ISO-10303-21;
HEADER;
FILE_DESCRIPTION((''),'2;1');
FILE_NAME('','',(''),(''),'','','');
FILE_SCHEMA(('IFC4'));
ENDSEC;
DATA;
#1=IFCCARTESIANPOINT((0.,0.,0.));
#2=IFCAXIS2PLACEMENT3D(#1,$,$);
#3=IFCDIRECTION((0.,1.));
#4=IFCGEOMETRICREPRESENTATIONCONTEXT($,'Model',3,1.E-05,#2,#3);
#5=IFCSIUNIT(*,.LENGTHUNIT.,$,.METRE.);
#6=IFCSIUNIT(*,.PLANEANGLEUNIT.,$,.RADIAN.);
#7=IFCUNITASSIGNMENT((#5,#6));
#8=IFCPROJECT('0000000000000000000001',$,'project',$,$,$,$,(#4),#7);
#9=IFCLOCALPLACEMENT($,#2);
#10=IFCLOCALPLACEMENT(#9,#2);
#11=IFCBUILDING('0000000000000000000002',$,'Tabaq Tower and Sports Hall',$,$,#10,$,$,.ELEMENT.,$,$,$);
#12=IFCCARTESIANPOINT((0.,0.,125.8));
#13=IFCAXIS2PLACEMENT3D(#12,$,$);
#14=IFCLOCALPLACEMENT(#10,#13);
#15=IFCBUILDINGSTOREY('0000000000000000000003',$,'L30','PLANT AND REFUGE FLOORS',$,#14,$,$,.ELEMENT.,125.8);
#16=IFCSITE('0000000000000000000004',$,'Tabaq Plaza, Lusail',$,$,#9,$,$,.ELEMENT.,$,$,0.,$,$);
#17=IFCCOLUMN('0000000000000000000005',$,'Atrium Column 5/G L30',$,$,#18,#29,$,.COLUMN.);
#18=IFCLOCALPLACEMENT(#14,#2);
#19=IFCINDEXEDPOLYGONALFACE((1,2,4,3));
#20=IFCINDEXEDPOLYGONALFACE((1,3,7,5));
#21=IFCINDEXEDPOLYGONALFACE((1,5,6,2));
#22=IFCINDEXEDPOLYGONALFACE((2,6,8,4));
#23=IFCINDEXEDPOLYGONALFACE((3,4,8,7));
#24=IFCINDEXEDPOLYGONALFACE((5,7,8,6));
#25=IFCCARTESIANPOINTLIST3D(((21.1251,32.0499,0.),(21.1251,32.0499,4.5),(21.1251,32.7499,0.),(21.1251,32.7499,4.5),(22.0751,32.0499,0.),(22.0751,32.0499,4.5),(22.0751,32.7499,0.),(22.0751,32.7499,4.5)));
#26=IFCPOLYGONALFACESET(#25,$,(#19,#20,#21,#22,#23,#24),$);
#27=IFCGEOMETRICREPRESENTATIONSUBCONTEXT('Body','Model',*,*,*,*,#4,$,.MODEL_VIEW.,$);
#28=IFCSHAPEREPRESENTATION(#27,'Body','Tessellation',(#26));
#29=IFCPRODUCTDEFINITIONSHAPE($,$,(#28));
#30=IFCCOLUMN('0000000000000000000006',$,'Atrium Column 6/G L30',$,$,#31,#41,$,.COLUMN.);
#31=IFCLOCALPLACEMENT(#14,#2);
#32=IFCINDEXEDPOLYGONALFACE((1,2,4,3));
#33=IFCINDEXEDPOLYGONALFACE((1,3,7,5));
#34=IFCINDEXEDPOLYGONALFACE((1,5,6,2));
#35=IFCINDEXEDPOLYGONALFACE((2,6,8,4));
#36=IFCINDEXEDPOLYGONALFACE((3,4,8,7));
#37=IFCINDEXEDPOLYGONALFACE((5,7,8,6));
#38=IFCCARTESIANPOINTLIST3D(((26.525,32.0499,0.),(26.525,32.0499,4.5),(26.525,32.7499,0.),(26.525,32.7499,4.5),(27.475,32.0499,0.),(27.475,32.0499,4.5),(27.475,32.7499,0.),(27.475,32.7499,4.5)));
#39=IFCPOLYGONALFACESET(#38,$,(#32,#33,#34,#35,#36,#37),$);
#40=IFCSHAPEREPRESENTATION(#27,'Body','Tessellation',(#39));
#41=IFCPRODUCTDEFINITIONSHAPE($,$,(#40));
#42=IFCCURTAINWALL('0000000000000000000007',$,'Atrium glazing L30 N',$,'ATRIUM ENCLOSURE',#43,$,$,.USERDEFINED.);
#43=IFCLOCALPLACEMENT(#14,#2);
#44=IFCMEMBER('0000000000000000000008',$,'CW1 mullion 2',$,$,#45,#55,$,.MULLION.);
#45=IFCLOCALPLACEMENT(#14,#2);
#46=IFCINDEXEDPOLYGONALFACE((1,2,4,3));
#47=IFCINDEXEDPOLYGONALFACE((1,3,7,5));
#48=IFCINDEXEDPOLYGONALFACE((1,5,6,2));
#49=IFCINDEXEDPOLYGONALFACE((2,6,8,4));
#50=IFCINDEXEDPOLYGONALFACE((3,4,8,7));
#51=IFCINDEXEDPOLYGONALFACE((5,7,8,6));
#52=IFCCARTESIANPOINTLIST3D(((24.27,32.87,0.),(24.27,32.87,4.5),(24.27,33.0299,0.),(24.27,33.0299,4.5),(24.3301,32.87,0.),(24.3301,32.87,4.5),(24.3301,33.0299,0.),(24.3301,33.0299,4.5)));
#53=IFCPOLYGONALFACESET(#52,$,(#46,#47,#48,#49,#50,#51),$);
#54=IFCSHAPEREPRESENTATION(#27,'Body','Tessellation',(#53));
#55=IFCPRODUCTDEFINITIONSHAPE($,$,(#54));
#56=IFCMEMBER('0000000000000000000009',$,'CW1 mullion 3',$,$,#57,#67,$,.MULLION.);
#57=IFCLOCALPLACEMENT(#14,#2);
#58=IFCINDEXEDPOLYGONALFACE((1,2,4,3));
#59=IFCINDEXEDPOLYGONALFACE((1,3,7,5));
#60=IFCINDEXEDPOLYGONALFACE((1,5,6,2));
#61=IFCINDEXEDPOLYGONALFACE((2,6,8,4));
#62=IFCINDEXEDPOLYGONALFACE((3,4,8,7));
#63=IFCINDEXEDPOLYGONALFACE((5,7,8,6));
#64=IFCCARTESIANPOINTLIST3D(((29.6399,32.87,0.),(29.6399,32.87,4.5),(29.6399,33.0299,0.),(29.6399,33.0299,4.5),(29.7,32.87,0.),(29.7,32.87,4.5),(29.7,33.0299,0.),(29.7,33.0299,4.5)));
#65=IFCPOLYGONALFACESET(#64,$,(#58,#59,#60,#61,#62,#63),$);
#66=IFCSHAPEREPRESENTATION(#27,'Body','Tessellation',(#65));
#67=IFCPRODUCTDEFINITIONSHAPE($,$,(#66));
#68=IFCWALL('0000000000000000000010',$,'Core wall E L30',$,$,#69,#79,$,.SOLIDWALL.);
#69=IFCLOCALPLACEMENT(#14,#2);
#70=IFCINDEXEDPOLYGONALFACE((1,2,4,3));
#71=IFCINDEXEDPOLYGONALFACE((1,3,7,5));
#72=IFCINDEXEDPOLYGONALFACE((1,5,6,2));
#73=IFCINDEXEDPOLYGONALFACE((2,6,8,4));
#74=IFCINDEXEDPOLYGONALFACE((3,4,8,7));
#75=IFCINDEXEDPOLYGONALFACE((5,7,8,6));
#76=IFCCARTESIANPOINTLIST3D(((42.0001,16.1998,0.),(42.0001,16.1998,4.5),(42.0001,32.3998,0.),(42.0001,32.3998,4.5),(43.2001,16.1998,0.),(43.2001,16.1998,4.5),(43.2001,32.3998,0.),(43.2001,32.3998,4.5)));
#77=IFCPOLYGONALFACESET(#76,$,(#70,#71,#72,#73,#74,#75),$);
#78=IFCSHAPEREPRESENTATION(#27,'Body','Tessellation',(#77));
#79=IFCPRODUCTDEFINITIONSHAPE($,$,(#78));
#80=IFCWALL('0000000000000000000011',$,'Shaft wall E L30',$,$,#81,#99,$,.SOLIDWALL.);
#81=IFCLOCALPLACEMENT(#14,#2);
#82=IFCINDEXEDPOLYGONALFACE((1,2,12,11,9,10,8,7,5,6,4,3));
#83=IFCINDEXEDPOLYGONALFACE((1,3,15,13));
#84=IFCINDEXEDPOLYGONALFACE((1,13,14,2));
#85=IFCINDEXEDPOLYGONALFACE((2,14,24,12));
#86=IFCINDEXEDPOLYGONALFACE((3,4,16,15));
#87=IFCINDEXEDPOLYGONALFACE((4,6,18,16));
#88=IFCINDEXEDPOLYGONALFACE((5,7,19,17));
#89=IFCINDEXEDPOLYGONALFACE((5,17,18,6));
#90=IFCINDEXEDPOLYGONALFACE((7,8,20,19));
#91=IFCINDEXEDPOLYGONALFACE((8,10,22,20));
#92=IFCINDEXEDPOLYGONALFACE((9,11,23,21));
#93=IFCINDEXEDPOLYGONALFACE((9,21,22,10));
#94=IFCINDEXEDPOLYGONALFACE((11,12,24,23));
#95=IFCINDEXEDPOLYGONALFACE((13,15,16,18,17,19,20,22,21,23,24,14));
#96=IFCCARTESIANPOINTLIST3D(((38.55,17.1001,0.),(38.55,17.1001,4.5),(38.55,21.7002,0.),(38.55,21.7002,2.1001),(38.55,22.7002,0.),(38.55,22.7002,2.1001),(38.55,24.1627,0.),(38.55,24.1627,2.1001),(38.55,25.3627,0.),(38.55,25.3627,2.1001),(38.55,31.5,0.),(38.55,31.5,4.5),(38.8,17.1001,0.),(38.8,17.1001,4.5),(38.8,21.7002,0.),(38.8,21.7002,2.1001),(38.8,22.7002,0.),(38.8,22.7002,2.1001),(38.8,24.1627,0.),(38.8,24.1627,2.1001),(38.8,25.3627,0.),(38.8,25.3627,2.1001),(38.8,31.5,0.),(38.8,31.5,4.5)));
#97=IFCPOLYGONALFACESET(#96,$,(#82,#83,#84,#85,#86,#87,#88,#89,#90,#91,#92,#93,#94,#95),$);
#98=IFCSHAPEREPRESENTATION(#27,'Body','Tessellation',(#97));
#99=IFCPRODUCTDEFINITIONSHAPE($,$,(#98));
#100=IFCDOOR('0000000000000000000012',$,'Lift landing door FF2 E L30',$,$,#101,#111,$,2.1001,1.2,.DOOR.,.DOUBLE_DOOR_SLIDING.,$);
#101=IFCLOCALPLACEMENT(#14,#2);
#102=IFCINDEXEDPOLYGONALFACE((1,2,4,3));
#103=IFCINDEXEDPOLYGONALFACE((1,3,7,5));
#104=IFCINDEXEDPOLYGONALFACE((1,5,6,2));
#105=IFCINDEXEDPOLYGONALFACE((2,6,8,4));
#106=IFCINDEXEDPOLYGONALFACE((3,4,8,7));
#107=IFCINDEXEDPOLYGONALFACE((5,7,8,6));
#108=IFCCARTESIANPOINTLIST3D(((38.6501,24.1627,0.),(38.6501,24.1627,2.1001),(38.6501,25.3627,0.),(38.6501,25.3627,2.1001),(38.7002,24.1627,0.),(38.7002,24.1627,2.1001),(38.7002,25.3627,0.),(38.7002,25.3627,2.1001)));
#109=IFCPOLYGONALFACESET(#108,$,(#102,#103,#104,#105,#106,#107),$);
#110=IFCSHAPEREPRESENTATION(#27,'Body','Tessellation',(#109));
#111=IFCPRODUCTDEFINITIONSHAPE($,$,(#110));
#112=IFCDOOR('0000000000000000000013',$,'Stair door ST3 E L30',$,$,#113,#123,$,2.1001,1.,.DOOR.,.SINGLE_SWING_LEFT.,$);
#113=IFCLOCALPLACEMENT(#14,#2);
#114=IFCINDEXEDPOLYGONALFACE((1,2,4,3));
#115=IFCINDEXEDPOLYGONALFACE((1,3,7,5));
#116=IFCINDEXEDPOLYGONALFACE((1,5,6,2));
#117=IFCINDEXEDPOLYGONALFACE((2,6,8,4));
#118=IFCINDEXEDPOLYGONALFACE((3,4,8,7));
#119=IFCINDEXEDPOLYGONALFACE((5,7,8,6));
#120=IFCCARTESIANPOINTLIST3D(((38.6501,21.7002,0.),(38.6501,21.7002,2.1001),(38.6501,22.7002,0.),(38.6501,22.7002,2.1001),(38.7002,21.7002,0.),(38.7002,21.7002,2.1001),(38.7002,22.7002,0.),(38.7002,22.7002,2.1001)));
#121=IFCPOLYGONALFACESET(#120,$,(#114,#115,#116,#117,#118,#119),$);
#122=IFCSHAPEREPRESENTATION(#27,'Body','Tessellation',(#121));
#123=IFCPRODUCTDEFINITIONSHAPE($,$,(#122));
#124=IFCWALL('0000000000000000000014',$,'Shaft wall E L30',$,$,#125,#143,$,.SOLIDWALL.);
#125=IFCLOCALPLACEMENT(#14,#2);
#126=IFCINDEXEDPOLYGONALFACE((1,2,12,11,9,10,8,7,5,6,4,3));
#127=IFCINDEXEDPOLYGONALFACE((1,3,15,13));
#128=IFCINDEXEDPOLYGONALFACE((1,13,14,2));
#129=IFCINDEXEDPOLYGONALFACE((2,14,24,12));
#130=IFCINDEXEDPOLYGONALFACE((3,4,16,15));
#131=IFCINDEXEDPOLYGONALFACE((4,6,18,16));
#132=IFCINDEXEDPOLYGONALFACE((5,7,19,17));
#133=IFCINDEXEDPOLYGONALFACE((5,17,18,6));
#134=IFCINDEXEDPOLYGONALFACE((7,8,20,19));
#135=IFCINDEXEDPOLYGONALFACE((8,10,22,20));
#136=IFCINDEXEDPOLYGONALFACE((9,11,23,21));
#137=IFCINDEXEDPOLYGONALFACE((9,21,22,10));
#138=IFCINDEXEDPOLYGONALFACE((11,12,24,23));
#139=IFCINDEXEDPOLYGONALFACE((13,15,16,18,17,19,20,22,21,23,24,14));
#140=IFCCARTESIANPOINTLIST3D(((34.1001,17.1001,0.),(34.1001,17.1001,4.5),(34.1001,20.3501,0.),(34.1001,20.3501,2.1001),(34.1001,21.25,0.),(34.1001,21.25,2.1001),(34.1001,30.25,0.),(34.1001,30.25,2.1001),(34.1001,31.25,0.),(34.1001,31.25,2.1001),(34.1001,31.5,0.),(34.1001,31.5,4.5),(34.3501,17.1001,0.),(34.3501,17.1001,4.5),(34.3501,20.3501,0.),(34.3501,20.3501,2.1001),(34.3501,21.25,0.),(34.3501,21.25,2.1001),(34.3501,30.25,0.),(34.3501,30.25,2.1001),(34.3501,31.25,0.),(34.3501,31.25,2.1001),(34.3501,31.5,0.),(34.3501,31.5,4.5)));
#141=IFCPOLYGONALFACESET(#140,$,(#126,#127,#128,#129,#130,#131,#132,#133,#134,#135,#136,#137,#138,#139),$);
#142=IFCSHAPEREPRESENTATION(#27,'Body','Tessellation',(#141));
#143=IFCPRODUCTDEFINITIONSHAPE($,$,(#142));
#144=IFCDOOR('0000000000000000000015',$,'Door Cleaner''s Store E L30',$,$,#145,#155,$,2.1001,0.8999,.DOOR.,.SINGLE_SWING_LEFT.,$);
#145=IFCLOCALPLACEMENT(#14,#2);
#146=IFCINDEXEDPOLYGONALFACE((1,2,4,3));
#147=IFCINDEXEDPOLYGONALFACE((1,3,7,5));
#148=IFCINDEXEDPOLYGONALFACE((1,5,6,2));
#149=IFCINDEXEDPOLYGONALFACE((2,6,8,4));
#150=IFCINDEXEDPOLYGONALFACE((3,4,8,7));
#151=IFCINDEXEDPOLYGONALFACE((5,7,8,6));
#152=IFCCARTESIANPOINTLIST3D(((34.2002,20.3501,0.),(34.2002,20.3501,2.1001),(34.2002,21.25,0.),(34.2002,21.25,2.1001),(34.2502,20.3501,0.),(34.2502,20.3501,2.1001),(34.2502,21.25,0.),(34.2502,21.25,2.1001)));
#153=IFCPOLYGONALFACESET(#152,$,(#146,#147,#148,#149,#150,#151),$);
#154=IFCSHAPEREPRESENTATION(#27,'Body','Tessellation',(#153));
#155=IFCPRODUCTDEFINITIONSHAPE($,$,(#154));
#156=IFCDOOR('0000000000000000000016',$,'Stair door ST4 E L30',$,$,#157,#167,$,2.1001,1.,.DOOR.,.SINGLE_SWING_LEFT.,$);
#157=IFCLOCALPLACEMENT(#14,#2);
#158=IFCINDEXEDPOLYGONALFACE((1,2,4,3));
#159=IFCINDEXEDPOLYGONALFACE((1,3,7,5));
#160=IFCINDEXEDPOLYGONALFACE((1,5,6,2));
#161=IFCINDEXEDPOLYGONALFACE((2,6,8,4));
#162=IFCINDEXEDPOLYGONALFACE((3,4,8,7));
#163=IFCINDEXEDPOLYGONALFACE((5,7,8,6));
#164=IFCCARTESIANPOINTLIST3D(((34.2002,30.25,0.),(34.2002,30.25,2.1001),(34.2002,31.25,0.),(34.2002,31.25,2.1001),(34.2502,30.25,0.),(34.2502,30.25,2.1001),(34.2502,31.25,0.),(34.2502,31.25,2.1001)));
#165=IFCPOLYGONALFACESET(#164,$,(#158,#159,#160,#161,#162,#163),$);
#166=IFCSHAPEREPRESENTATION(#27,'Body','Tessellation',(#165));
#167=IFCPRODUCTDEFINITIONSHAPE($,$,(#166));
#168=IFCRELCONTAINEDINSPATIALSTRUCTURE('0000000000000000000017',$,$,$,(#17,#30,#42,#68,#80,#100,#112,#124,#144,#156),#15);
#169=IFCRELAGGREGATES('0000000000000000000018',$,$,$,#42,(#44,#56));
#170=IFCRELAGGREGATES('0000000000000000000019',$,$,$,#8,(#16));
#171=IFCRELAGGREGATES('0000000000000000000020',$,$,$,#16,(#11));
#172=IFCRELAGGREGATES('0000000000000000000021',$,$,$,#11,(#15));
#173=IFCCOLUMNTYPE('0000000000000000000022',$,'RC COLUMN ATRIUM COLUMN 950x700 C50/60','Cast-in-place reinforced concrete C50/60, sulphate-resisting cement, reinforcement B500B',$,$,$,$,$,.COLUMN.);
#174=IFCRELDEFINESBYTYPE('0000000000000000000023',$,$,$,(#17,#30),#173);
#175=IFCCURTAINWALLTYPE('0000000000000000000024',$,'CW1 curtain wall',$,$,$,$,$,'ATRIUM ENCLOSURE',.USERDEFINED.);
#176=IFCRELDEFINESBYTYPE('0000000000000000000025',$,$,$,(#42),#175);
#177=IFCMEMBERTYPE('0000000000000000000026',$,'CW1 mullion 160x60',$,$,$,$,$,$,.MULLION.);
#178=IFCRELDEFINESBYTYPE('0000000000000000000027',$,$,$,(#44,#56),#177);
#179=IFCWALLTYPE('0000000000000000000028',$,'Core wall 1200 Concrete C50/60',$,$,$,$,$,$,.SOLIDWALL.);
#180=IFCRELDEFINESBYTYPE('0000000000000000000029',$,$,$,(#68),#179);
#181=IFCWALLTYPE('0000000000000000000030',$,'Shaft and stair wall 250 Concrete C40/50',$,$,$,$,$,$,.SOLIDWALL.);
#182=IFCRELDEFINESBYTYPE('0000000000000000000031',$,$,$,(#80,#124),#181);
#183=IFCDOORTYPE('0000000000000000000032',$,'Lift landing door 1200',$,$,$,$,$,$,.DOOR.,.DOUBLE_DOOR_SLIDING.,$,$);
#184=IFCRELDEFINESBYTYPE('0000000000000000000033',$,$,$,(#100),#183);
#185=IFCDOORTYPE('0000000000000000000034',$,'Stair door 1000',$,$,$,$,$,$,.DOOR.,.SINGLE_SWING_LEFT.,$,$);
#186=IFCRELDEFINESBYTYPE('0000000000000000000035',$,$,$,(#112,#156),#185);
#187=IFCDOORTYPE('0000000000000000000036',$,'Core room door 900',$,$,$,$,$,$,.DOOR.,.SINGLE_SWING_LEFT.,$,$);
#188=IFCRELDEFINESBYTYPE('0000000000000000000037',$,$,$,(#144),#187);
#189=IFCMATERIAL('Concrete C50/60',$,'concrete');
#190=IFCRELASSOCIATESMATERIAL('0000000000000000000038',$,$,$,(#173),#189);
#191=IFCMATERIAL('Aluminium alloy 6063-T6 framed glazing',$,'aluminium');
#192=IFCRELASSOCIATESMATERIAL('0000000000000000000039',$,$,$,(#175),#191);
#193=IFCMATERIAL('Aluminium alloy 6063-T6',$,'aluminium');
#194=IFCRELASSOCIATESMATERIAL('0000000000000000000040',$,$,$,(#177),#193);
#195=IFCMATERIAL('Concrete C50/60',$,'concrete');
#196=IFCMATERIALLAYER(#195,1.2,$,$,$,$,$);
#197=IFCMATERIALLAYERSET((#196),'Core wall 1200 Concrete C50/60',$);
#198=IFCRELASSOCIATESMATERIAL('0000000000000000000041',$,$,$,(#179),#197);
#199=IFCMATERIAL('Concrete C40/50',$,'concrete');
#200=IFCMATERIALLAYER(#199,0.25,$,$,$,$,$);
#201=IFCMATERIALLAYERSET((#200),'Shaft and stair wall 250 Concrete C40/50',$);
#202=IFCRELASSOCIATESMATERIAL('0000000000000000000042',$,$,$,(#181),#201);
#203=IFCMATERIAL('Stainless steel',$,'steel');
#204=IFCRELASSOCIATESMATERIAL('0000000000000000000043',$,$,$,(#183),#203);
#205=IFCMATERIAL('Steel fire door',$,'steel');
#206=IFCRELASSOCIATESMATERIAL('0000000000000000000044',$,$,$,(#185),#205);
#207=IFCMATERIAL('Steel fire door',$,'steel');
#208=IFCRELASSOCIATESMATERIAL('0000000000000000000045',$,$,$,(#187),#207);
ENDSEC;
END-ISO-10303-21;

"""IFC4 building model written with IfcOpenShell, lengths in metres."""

from ifc_helpers import new_model, si_unit, direction, frame, frame_2d, origin, origin_2d, place, context, subcontext, project, spatial, rectangle, extrude, material, layer, layer_set, material_profile, profile_set, type_object, element, fill, aggregate, save


model = new_model("IFC4")

# Units and contexts
model_context = context("Model", 3, precision=1e-05, world=origin(), true_north=direction((0.0, 1.0)))
body_context = subcontext(model_context, "Body", "Model", "MODEL_VIEW")
ifc_project = project(units=[si_unit("LENGTHUNIT", "METRE"), si_unit("PLANEANGLEUNIT", "RADIAN")], contexts=[model_context])

# Site, building, storey
site_placement = place(None, origin())
site = spatial("IfcSite", under=ifc_project, at=site_placement, Name="Tabaq Plaza, Lusail", CompositionType="ELEMENT", RefElevation=0.0)
building_placement = place(site_placement, origin())
building = spatial("IfcBuilding", under=site, at=building_placement, Name="Tabaq Tower and Sports Hall", CompositionType="ELEMENT")
storey_placement = place(building_placement, frame((0.0, 0.0, 125.8)))
storey = spatial("IfcBuildingStorey", under=building, at=storey_placement, Name="L30", Description="PLANT AND REFUGE FLOORS", CompositionType="ELEMENT", Elevation=125.8)

# Columns
ifc_material_1 = material(Name="Concrete C50/60", Category="concrete")
ifc_material_profile_1 = material_profile(ifc_material_1, rectangle(XDim=0.95, YDim=0.7, at=origin_2d()), Name="ATRIUM COLUMN 950x700")
ifc_profile_set_1 = profile_set([ifc_material_profile_1], Name="Concrete C50/60")
column_type = type_object("IfcColumnType", Name="RC COLUMN ATRIUM COLUMN 950x700 C50/60", Description="Cast-in-place reinforced concrete C50/60, sulphate-resisting cement, reinforcement B500B", PredefinedType="COLUMN", material=ifc_profile_set_1)
for number, where, z_axis, x_axis, name in (
    (1, (21.6001, 32.3999, 0.0), (0.0, 0.0, 1.0), (1.0, 0.0, 0.0), "Atrium Column 5/G L30"),
    (2, (27.0, 32.3999, 0.0), (0.0, 0.0, 1.0), (1.0, 0.0, 0.0), "Atrium Column 6/G L30"),
):
    element("IfcColumn", number, at=place(storey_placement, frame(where, z_axis=z_axis, x_axis=x_axis)), inside=storey, type_object=column_type, Name=name, PredefinedType="COLUMN", context=body_context, shape_type="SweptSolid", body=[
        extrude(rectangle(XDim=0.95, YDim=0.7, at=origin_2d()), origin(), (0.0, 0.0, 1.0), 4.5),
    ])

# Curtain wall, members
ifc_material_2 = material(Name="Aluminium alloy 6063-T6 framed glazing", Category="aluminium")
curtain_wall_type = type_object("IfcCurtainWallType", Name="CW1 curtain wall", ElementType="ATRIUM ENCLOSURE", PredefinedType="USERDEFINED", material=ifc_material_2)
curtain_wall_placement = place(storey_placement, origin())
curtain_wall = element("IfcCurtainWall", 3, at=curtain_wall_placement, inside=storey, type_object=curtain_wall_type, Name="Atrium glazing L30 N", ObjectType="ATRIUM ENCLOSURE", PredefinedType="USERDEFINED")
ifc_material_3 = material(Name="Aluminium alloy 6063-T6", Category="aluminium")
ifc_material_profile_2 = material_profile(ifc_material_3, rectangle(XDim=0.1599, YDim=0.0601, at=origin_2d()), Name="MULLION 160x60")
ifc_profile_set_2 = profile_set([ifc_material_profile_2], Name="Aluminium alloy 6063-T6")
member_type = type_object("IfcMemberType", Name="CW1 mullion 160x60", PredefinedType="MULLION", material=ifc_profile_set_2)
member_1_placement = place(storey_placement, frame((24.3, 32.95, 0.0), z_axis=(0.0, 0.0, 1.0), x_axis=(0.0, 1.0, 0.0)))
member_1 = element("IfcMember", 4, at=member_1_placement, type_object=member_type, Name="CW1 mullion 2", PredefinedType="MULLION", context=body_context, shape_type="SweptSolid", body=[
    extrude(rectangle(XDim=0.1599, YDim=0.0601, at=origin_2d()), origin(), (0.0, 0.0, 1.0), 4.5),
])
member_2_placement = place(storey_placement, frame((29.6699, 32.95, 0.0), z_axis=(0.0, 0.0, 1.0), x_axis=(0.0, 1.0, 0.0)))
member_2 = element("IfcMember", 5, at=member_2_placement, type_object=member_type, Name="CW1 mullion 3", PredefinedType="MULLION", context=body_context, shape_type="SweptSolid", body=[
    extrude(rectangle(XDim=0.1599, YDim=0.0601, at=origin_2d()), origin(), (0.0, 0.0, 1.0), 4.5),
])
aggregate(curtain_wall, [member_1, member_2])

# Wall
ifc_material_4 = material(Name="Concrete C50/60", Category="concrete")
ifc_layer_1 = layer(ifc_material_4, 1.2)
ifc_layer_set_1 = layer_set([ifc_layer_1], Name="Core wall 1200 Concrete C50/60")
wall_type_1 = type_object("IfcWallType", Name="Core wall 1200 Concrete C50/60", PredefinedType="SOLIDWALL", material=ifc_layer_set_1)
wall_1_placement = place(storey_placement, frame((42.6001, 32.3999, 0.0), z_axis=(0.0, 0.0, 1.0), x_axis=(0.0, -1.0, 0.0)))
element("IfcWall", 6, at=wall_1_placement, inside=storey, type_object=wall_type_1, Name="Core wall E L30", PredefinedType="SOLIDWALL", context=body_context, shape_type="SweptSolid", body=[
    extrude(rectangle(XDim=16.2, YDim=1.2, at=frame_2d((8.1001, 0.0))), origin(), (0.0, 0.0, 1.0), 4.5),
])

# Walls, openings, doors
ifc_material_5 = material(Name="Concrete C40/50", Category="concrete")
ifc_layer_2 = layer(ifc_material_5, 0.25)
ifc_layer_set_2 = layer_set([ifc_layer_2], Name="Shaft and stair wall 250 Concrete C40/50")
wall_type_2 = type_object("IfcWallType", Name="Shaft and stair wall 250 Concrete C40/50", PredefinedType="SOLIDWALL", material=ifc_layer_set_2)
wall_2_placement = place(storey_placement, frame((38.675, 17.1001, 0.0), z_axis=(0.0, 0.0, 1.0), x_axis=(0.0, 1.0, 0.0)))
wall_2 = element("IfcWall", 7, at=wall_2_placement, inside=storey, type_object=wall_type_2, Name="Shaft wall E L30", PredefinedType="SOLIDWALL", context=body_context, shape_type="SweptSolid", body=[
    extrude(rectangle(XDim=14.3999, YDim=0.25, at=frame_2d((7.2, 0.0))), origin(), (0.0, 0.0, 1.0), 4.5),
])
opening_1_placement = place(wall_2_placement, frame((4.6001, 0.0, 0.0)))
opening_1 = element("IfcOpeningElement", 8, at=opening_1_placement, cuts=wall_2, PredefinedType="OPENING", context=body_context, shape_type="SweptSolid", body=[
    extrude(rectangle(XDim=1.0, YDim=2.1001, at=frame_2d((0.5, 1.05))), frame((0.0, 0.125, 0.0), z_axis=(0.0, -1.0, 0.0), x_axis=(1.0, 0.0, 0.0)), (0.0, 0.0, 1.0), 0.25),
])
opening_2_placement = place(wall_2_placement, frame((7.0625, 0.0, 0.0)))
opening_2 = element("IfcOpeningElement", 9, at=opening_2_placement, cuts=wall_2, PredefinedType="OPENING", context=body_context, shape_type="SweptSolid", body=[
    extrude(rectangle(XDim=1.2, YDim=2.1001, at=frame_2d((0.6001, 1.05))), frame((0.0, 0.125, 0.0), z_axis=(0.0, -1.0, 0.0), x_axis=(1.0, 0.0, 0.0)), (0.0, 0.0, 1.0), 0.25),
])
ifc_material_6 = material(Name="Stainless steel", Category="steel")
door_type_1 = type_object("IfcDoorType", Name="Lift landing door 1200", OperationType="DOUBLE_DOOR_SLIDING", PredefinedType="DOOR", material=ifc_material_6)
door_1_placement = place(opening_2_placement, origin())
door_1 = element("IfcDoor", 10, at=door_1_placement, inside=storey, type_object=door_type_1, Name="Lift landing door FF2 E L30", OperationType="DOUBLE_DOOR_SLIDING", OverallHeight=2.1001, OverallWidth=1.2, PredefinedType="DOOR", context=body_context, shape_type="SweptSolid", body=[
    extrude(rectangle(XDim=1.2, YDim=2.1001, at=frame_2d((0.6001, 1.05))), frame((0.0, 0.0249, 0.0), z_axis=(0.0, -1.0, 0.0), x_axis=(1.0, 0.0, 0.0)), (0.0, 0.0, 1.0), 0.05),
])
fill(opening_2, door_1)
ifc_material_7 = material(Name="Steel fire door", Category="steel")
door_type_2 = type_object("IfcDoorType", Name="Stair door 1000", OperationType="SINGLE_SWING_LEFT", PredefinedType="DOOR", material=ifc_material_7)
door_2_placement = place(opening_1_placement, origin())
door_2 = element("IfcDoor", 11, at=door_2_placement, inside=storey, type_object=door_type_2, Name="Stair door ST3 E L30", OperationType="SINGLE_SWING_LEFT", OverallHeight=2.1001, OverallWidth=1.0, PredefinedType="DOOR", context=body_context, shape_type="SweptSolid", body=[
    extrude(rectangle(XDim=1.0, YDim=2.1001, at=frame_2d((0.5, 1.05))), frame((0.0, 0.0249, 0.0), z_axis=(0.0, -1.0, 0.0), x_axis=(1.0, 0.0, 0.0)), (0.0, 0.0, 1.0), 0.05),
])
fill(opening_1, door_2)
wall_3_placement = place(storey_placement, frame((34.2251, 17.1001, 0.0), z_axis=(0.0, 0.0, 1.0), x_axis=(0.0, 1.0, 0.0)))
wall_3 = element("IfcWall", 12, at=wall_3_placement, inside=storey, type_object=wall_type_2, Name="Shaft wall E L30", PredefinedType="SOLIDWALL", context=body_context, shape_type="SweptSolid", body=[
    extrude(rectangle(XDim=14.3999, YDim=0.25, at=frame_2d((7.2, 0.0))), origin(), (0.0, 0.0, 1.0), 4.5),
])
opening_3_placement = place(wall_3_placement, frame((13.1499, 0.0, 0.0)))
opening_3 = element("IfcOpeningElement", 13, at=opening_3_placement, cuts=wall_3, PredefinedType="OPENING", context=body_context, shape_type="SweptSolid", body=[
    extrude(rectangle(XDim=1.0, YDim=2.1001, at=frame_2d((0.5, 1.05))), frame((0.0, 0.125, 0.0), z_axis=(0.0, -1.0, 0.0), x_axis=(1.0, 0.0, 0.0)), (0.0, 0.0, 1.0), 0.25),
])
opening_4_placement = place(wall_3_placement, frame((3.25, 0.0, 0.0)))
opening_4 = element("IfcOpeningElement", 14, at=opening_4_placement, cuts=wall_3, PredefinedType="OPENING", context=body_context, shape_type="SweptSolid", body=[
    extrude(rectangle(XDim=0.8999, YDim=2.1001, at=frame_2d((0.45, 1.05))), frame((0.0, 0.125, 0.0), z_axis=(0.0, -1.0, 0.0), x_axis=(1.0, 0.0, 0.0)), (0.0, 0.0, 1.0), 0.25),
])
ifc_material_8 = material(Name="Steel fire door", Category="steel")
door_type_3 = type_object("IfcDoorType", Name="Core room door 900", OperationType="SINGLE_SWING_LEFT", PredefinedType="DOOR", material=ifc_material_8)
door_3_placement = place(opening_4_placement, origin())
door_3 = element("IfcDoor", 15, at=door_3_placement, inside=storey, type_object=door_type_3, Name="Door Cleaner's Store E L30", OperationType="SINGLE_SWING_LEFT", OverallHeight=2.1001, OverallWidth=0.8999, PredefinedType="DOOR", context=body_context, shape_type="SweptSolid", body=[
    extrude(rectangle(XDim=0.8999, YDim=2.1001, at=frame_2d((0.45, 1.05))), frame((0.0, 0.0249, 0.0), z_axis=(0.0, -1.0, 0.0), x_axis=(1.0, 0.0, 0.0)), (0.0, 0.0, 1.0), 0.05),
])
fill(opening_4, door_3)
door_4_placement = place(opening_3_placement, origin())
door_4 = element("IfcDoor", 16, at=door_4_placement, inside=storey, type_object=door_type_2, Name="Stair door ST4 E L30", OperationType="SINGLE_SWING_LEFT", OverallHeight=2.1001, OverallWidth=1.0, PredefinedType="DOOR", context=body_context, shape_type="SweptSolid", body=[
    extrude(rectangle(XDim=1.0, YDim=2.1001, at=frame_2d((0.5, 1.05))), frame((0.0, 0.0249, 0.0), z_axis=(0.0, -1.0, 0.0), x_axis=(1.0, 0.0, 0.0)), (0.0, 0.0, 1.0), 0.05),
])
fill(opening_3, door_4)

save(model, "model.ifc")
